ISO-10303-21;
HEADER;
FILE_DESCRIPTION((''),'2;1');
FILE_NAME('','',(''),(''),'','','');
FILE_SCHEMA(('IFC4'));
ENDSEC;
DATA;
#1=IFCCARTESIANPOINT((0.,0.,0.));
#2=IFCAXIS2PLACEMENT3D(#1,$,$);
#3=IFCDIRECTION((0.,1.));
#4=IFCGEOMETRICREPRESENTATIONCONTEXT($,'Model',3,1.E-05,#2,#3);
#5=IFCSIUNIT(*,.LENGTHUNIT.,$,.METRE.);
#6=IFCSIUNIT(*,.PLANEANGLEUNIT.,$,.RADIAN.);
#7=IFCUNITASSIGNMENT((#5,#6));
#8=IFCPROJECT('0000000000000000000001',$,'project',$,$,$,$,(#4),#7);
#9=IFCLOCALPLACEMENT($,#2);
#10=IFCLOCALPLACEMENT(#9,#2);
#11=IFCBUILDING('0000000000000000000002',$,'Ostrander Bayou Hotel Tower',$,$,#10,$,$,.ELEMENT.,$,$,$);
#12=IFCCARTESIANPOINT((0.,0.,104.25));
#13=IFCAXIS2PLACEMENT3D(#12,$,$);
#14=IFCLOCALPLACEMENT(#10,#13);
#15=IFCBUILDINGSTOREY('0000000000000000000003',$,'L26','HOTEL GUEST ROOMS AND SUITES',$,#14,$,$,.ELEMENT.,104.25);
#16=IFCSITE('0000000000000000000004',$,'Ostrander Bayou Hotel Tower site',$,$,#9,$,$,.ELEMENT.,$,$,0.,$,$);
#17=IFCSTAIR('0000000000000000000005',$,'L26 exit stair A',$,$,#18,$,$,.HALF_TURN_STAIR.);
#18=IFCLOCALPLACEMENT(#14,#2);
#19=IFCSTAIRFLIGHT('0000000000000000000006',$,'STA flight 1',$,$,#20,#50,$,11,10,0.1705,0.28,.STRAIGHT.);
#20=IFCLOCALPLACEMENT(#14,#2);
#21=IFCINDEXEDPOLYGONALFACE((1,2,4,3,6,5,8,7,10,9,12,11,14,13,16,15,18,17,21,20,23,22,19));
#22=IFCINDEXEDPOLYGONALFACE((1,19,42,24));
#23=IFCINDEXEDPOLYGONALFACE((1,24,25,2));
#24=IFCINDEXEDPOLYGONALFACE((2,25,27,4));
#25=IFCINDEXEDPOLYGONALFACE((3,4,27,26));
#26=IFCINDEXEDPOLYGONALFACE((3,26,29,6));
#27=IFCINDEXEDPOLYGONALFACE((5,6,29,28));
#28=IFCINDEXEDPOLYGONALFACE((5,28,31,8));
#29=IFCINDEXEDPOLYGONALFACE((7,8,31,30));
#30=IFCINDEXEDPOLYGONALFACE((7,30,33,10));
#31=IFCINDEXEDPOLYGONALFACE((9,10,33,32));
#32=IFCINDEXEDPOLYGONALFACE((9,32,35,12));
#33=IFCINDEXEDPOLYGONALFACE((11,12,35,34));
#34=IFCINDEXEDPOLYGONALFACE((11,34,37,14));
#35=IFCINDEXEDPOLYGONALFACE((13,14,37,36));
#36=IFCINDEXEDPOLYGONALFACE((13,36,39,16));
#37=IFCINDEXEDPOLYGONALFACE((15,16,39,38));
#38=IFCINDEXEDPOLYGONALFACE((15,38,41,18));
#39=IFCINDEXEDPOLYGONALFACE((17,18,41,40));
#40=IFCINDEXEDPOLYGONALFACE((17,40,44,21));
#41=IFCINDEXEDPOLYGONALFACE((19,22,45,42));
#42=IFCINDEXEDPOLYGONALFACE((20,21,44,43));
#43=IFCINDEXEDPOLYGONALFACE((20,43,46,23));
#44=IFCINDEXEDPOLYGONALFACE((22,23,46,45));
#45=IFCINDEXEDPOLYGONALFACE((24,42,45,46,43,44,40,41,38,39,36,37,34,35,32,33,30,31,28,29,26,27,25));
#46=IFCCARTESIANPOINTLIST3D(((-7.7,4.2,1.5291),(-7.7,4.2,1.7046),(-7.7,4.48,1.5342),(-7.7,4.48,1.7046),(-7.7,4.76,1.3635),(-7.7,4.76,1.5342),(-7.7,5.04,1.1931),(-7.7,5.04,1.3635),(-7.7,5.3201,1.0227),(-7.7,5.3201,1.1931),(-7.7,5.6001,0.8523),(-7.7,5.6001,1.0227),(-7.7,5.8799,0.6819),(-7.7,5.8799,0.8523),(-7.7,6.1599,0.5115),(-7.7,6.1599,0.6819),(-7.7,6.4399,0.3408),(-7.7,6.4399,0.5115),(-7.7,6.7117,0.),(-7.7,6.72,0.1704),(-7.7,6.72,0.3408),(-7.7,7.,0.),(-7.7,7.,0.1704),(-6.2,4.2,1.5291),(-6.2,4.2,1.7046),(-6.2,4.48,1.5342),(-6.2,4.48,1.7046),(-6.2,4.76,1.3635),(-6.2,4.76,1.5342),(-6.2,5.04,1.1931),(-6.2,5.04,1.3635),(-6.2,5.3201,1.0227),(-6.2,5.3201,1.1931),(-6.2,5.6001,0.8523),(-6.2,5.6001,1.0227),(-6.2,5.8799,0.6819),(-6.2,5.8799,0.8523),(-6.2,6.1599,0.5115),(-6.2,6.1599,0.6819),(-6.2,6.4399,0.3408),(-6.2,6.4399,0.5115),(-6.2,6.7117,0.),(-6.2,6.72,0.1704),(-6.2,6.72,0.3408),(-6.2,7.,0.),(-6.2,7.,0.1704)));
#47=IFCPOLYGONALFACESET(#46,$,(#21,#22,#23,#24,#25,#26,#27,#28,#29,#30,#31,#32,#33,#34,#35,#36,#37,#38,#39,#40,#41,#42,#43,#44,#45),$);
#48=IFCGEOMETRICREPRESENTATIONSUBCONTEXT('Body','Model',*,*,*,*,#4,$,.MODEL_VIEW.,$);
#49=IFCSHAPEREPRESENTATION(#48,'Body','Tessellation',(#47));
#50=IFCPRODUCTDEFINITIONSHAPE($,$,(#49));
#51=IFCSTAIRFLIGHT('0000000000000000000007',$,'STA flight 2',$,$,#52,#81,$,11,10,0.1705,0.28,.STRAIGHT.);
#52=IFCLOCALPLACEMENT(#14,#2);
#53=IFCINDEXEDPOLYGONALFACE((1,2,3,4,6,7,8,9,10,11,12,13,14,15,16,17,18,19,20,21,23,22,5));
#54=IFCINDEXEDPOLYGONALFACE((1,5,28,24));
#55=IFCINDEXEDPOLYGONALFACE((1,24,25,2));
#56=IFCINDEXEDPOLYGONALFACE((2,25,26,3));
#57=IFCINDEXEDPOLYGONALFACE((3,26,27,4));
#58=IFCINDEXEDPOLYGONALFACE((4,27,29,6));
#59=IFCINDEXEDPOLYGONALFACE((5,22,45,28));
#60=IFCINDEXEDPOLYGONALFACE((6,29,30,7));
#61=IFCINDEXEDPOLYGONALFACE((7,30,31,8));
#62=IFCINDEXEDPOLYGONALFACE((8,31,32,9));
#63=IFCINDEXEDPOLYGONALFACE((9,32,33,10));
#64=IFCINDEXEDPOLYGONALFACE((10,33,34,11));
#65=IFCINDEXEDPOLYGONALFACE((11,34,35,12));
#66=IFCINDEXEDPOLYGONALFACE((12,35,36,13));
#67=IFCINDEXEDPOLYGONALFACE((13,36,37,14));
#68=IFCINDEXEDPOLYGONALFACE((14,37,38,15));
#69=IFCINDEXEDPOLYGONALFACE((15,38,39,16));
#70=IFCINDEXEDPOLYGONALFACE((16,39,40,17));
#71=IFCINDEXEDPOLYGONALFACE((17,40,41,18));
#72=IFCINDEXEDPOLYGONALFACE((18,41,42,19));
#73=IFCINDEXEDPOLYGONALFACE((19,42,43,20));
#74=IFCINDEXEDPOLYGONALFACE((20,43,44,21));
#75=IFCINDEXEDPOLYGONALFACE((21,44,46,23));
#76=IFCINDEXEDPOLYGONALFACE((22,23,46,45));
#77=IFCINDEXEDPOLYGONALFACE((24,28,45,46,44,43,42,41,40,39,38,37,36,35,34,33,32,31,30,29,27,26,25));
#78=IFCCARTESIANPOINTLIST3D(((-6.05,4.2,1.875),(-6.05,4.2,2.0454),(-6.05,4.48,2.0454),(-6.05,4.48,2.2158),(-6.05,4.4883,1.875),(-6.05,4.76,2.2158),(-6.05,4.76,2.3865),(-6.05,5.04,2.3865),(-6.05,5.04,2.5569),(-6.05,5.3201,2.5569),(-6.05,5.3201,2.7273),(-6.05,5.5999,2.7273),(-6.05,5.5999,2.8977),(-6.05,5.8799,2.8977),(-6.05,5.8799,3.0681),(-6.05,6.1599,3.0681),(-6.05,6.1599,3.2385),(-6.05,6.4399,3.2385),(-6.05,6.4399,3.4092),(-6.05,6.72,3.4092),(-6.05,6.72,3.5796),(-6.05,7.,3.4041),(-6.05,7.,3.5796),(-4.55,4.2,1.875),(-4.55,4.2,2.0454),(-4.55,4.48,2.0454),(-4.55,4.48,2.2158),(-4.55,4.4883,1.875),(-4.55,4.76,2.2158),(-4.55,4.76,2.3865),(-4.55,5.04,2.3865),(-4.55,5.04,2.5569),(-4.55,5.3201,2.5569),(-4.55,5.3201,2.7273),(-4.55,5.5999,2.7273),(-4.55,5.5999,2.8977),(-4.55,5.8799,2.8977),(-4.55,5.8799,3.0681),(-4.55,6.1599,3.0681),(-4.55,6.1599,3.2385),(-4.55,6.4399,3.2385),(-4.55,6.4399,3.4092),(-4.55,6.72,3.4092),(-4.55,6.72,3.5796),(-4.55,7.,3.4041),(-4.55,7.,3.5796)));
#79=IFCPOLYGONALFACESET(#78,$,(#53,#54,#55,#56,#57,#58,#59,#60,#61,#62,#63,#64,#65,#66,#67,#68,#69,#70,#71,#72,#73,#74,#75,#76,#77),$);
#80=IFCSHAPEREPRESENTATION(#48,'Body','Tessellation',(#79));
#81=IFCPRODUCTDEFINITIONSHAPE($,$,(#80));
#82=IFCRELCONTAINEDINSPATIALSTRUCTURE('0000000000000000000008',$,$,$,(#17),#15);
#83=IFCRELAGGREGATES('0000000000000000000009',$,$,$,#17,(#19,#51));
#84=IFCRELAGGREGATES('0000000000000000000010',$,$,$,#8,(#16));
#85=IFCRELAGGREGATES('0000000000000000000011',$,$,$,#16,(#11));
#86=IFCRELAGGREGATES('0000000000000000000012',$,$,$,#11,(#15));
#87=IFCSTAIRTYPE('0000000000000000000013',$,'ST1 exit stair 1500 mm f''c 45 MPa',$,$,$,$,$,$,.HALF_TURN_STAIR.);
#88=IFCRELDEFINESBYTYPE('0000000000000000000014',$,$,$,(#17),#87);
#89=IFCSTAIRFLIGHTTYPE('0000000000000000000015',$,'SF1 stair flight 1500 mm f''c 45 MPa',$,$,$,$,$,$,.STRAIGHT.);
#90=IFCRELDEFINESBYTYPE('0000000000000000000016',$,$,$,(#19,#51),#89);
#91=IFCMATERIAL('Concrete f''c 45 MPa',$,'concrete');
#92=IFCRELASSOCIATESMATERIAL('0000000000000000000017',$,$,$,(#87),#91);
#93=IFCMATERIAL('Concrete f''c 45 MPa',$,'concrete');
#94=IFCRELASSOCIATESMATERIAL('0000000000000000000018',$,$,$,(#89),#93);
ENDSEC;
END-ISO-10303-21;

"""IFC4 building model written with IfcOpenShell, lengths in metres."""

from ifc_helpers import new_model, si_unit, direction, frame, origin, place, context, subcontext, project, spatial, polyline, outline, extrude, material, type_object, element, aggregate, save


model = new_model("IFC4")

# Units and contexts
model_context = context("Model", 3, precision=1e-05, world=origin(), true_north=direction((0.0, 1.0)))
body_context = subcontext(model_context, "Body", "Model", "MODEL_VIEW")
ifc_project = project(units=[si_unit("LENGTHUNIT", "METRE"), si_unit("PLANEANGLEUNIT", "RADIAN")], contexts=[model_context])

# Site, building, storey
site_placement = place(None, origin())
site = spatial("IfcSite", under=ifc_project, at=site_placement, Name="Ostrander Bayou Hotel Tower site", CompositionType="ELEMENT", RefElevation=0.0)
building_placement = place(site_placement, origin())
building = spatial("IfcBuilding", under=site, at=building_placement, Name="Ostrander Bayou Hotel Tower", CompositionType="ELEMENT")
storey_placement = place(building_placement, frame((0.0, 0.0, 104.25)))
storey = spatial("IfcBuildingStorey", under=building, at=storey_placement, Name="L26", Description="HOTEL GUEST ROOMS AND SUITES", CompositionType="ELEMENT", Elevation=104.25)

# Stair, stair flights
ifc_material_1 = material(Name="Concrete f'c 45 MPa", Category="concrete")
stair_type = type_object("IfcStairType", Name="ST1 exit stair 1500 mm f'c 45 MPa", PredefinedType="HALF_TURN_STAIR", material=ifc_material_1)
stair_placement = place(storey_placement, origin())
stair = element("IfcStair", 1, at=stair_placement, inside=storey, type_object=stair_type, Name="L26 exit stair A", PredefinedType="HALF_TURN_STAIR")
ifc_material_2 = material(Name="Concrete f'c 45 MPa", Category="concrete")
stair_flight_type = type_object("IfcStairFlightType", Name="SF1 stair flight 1500 mm f'c 45 MPa", PredefinedType="STRAIGHT", material=ifc_material_2)
stair_flight_1_placement = place(storey_placement, frame((-6.95, 7.0, 0.0), z_axis=(0.0, 0.0, 1.0), x_axis=(0.0, -1.0, 0.0)))
stair_flight_1 = element("IfcStairFlight", 2, at=stair_flight_1_placement, type_object=stair_flight_type, Name="STA flight 1", NumberOfRisers=11, NumberOfTreads=10, PredefinedType="STRAIGHT", RiserHeight=0.1705, TreadLength=0.28, context=body_context, shape_type="SweptSolid", body=[
    extrude(outline(polyline([(0.0, 0.0), (0.0, 0.1704), (0.28, 0.1704), (0.28, 0.3408), (0.5601, 0.3408), (0.5601, 0.5115), (0.8401, 0.5115), (0.8401, 0.6819), (1.1201, 0.6819), (1.1201, 0.8523), (1.3999, 0.8523), (1.3999, 1.0227), (1.6799, 1.0227), (1.6799, 1.1931), (1.96, 1.1931), (1.96, 1.3635), (2.24, 1.3635), (2.24, 1.5342), (2.52, 1.5342), (2.52, 1.7046), (2.8, 1.7046), (2.8, 1.875), (2.8, 1.5291), (0.2883, 0.0), (0.0, 0.0)])), frame((0.0, 0.75, 0.0), z_axis=(0.0, -1.0, 0.0), x_axis=(1.0, 0.0, 0.0)), (0.0, 0.0, 1.0), 1.5),
])
stair_flight_2_placement = place(storey_placement, frame((-5.3, 4.2, 1.875), z_axis=(0.0, 0.0, 1.0), x_axis=(0.0, 1.0, 0.0)))
stair_flight_2 = element("IfcStairFlight", 3, at=stair_flight_2_placement, type_object=stair_flight_type, Name="STA flight 2", NumberOfRisers=11, NumberOfTreads=10, PredefinedType="STRAIGHT", RiserHeight=0.1705, TreadLength=0.28, context=body_context, shape_type="SweptSolid", body=[
    extrude(outline(polyline([(0.0, 0.0), (0.0, 0.1704), (0.28, 0.1704), (0.28, 0.3408), (0.5601, 0.3408), (0.5601, 0.5115), (0.8401, 0.5115), (0.8401, 0.6819), (1.1201, 0.6819), (1.1201, 0.8523), (1.3999, 0.8523), (1.3999, 1.0227), (1.6799, 1.0227), (1.6799, 1.1931), (1.96, 1.1931), (1.96, 1.3635), (2.24, 1.3635), (2.24, 1.5342), (2.52, 1.5342), (2.52, 1.7046), (2.8, 1.7046), (2.8, 1.875), (2.8, 1.5291), (0.2883, 0.0), (0.0, 0.0)])), frame((0.0, 0.75, 0.0), z_axis=(0.0, -1.0, 0.0), x_axis=(1.0, 0.0, 0.0)), (0.0, 0.0, 1.0), 1.5),
])
aggregate(stair, [stair_flight_1, stair_flight_2])

save(model, "model.ifc")
